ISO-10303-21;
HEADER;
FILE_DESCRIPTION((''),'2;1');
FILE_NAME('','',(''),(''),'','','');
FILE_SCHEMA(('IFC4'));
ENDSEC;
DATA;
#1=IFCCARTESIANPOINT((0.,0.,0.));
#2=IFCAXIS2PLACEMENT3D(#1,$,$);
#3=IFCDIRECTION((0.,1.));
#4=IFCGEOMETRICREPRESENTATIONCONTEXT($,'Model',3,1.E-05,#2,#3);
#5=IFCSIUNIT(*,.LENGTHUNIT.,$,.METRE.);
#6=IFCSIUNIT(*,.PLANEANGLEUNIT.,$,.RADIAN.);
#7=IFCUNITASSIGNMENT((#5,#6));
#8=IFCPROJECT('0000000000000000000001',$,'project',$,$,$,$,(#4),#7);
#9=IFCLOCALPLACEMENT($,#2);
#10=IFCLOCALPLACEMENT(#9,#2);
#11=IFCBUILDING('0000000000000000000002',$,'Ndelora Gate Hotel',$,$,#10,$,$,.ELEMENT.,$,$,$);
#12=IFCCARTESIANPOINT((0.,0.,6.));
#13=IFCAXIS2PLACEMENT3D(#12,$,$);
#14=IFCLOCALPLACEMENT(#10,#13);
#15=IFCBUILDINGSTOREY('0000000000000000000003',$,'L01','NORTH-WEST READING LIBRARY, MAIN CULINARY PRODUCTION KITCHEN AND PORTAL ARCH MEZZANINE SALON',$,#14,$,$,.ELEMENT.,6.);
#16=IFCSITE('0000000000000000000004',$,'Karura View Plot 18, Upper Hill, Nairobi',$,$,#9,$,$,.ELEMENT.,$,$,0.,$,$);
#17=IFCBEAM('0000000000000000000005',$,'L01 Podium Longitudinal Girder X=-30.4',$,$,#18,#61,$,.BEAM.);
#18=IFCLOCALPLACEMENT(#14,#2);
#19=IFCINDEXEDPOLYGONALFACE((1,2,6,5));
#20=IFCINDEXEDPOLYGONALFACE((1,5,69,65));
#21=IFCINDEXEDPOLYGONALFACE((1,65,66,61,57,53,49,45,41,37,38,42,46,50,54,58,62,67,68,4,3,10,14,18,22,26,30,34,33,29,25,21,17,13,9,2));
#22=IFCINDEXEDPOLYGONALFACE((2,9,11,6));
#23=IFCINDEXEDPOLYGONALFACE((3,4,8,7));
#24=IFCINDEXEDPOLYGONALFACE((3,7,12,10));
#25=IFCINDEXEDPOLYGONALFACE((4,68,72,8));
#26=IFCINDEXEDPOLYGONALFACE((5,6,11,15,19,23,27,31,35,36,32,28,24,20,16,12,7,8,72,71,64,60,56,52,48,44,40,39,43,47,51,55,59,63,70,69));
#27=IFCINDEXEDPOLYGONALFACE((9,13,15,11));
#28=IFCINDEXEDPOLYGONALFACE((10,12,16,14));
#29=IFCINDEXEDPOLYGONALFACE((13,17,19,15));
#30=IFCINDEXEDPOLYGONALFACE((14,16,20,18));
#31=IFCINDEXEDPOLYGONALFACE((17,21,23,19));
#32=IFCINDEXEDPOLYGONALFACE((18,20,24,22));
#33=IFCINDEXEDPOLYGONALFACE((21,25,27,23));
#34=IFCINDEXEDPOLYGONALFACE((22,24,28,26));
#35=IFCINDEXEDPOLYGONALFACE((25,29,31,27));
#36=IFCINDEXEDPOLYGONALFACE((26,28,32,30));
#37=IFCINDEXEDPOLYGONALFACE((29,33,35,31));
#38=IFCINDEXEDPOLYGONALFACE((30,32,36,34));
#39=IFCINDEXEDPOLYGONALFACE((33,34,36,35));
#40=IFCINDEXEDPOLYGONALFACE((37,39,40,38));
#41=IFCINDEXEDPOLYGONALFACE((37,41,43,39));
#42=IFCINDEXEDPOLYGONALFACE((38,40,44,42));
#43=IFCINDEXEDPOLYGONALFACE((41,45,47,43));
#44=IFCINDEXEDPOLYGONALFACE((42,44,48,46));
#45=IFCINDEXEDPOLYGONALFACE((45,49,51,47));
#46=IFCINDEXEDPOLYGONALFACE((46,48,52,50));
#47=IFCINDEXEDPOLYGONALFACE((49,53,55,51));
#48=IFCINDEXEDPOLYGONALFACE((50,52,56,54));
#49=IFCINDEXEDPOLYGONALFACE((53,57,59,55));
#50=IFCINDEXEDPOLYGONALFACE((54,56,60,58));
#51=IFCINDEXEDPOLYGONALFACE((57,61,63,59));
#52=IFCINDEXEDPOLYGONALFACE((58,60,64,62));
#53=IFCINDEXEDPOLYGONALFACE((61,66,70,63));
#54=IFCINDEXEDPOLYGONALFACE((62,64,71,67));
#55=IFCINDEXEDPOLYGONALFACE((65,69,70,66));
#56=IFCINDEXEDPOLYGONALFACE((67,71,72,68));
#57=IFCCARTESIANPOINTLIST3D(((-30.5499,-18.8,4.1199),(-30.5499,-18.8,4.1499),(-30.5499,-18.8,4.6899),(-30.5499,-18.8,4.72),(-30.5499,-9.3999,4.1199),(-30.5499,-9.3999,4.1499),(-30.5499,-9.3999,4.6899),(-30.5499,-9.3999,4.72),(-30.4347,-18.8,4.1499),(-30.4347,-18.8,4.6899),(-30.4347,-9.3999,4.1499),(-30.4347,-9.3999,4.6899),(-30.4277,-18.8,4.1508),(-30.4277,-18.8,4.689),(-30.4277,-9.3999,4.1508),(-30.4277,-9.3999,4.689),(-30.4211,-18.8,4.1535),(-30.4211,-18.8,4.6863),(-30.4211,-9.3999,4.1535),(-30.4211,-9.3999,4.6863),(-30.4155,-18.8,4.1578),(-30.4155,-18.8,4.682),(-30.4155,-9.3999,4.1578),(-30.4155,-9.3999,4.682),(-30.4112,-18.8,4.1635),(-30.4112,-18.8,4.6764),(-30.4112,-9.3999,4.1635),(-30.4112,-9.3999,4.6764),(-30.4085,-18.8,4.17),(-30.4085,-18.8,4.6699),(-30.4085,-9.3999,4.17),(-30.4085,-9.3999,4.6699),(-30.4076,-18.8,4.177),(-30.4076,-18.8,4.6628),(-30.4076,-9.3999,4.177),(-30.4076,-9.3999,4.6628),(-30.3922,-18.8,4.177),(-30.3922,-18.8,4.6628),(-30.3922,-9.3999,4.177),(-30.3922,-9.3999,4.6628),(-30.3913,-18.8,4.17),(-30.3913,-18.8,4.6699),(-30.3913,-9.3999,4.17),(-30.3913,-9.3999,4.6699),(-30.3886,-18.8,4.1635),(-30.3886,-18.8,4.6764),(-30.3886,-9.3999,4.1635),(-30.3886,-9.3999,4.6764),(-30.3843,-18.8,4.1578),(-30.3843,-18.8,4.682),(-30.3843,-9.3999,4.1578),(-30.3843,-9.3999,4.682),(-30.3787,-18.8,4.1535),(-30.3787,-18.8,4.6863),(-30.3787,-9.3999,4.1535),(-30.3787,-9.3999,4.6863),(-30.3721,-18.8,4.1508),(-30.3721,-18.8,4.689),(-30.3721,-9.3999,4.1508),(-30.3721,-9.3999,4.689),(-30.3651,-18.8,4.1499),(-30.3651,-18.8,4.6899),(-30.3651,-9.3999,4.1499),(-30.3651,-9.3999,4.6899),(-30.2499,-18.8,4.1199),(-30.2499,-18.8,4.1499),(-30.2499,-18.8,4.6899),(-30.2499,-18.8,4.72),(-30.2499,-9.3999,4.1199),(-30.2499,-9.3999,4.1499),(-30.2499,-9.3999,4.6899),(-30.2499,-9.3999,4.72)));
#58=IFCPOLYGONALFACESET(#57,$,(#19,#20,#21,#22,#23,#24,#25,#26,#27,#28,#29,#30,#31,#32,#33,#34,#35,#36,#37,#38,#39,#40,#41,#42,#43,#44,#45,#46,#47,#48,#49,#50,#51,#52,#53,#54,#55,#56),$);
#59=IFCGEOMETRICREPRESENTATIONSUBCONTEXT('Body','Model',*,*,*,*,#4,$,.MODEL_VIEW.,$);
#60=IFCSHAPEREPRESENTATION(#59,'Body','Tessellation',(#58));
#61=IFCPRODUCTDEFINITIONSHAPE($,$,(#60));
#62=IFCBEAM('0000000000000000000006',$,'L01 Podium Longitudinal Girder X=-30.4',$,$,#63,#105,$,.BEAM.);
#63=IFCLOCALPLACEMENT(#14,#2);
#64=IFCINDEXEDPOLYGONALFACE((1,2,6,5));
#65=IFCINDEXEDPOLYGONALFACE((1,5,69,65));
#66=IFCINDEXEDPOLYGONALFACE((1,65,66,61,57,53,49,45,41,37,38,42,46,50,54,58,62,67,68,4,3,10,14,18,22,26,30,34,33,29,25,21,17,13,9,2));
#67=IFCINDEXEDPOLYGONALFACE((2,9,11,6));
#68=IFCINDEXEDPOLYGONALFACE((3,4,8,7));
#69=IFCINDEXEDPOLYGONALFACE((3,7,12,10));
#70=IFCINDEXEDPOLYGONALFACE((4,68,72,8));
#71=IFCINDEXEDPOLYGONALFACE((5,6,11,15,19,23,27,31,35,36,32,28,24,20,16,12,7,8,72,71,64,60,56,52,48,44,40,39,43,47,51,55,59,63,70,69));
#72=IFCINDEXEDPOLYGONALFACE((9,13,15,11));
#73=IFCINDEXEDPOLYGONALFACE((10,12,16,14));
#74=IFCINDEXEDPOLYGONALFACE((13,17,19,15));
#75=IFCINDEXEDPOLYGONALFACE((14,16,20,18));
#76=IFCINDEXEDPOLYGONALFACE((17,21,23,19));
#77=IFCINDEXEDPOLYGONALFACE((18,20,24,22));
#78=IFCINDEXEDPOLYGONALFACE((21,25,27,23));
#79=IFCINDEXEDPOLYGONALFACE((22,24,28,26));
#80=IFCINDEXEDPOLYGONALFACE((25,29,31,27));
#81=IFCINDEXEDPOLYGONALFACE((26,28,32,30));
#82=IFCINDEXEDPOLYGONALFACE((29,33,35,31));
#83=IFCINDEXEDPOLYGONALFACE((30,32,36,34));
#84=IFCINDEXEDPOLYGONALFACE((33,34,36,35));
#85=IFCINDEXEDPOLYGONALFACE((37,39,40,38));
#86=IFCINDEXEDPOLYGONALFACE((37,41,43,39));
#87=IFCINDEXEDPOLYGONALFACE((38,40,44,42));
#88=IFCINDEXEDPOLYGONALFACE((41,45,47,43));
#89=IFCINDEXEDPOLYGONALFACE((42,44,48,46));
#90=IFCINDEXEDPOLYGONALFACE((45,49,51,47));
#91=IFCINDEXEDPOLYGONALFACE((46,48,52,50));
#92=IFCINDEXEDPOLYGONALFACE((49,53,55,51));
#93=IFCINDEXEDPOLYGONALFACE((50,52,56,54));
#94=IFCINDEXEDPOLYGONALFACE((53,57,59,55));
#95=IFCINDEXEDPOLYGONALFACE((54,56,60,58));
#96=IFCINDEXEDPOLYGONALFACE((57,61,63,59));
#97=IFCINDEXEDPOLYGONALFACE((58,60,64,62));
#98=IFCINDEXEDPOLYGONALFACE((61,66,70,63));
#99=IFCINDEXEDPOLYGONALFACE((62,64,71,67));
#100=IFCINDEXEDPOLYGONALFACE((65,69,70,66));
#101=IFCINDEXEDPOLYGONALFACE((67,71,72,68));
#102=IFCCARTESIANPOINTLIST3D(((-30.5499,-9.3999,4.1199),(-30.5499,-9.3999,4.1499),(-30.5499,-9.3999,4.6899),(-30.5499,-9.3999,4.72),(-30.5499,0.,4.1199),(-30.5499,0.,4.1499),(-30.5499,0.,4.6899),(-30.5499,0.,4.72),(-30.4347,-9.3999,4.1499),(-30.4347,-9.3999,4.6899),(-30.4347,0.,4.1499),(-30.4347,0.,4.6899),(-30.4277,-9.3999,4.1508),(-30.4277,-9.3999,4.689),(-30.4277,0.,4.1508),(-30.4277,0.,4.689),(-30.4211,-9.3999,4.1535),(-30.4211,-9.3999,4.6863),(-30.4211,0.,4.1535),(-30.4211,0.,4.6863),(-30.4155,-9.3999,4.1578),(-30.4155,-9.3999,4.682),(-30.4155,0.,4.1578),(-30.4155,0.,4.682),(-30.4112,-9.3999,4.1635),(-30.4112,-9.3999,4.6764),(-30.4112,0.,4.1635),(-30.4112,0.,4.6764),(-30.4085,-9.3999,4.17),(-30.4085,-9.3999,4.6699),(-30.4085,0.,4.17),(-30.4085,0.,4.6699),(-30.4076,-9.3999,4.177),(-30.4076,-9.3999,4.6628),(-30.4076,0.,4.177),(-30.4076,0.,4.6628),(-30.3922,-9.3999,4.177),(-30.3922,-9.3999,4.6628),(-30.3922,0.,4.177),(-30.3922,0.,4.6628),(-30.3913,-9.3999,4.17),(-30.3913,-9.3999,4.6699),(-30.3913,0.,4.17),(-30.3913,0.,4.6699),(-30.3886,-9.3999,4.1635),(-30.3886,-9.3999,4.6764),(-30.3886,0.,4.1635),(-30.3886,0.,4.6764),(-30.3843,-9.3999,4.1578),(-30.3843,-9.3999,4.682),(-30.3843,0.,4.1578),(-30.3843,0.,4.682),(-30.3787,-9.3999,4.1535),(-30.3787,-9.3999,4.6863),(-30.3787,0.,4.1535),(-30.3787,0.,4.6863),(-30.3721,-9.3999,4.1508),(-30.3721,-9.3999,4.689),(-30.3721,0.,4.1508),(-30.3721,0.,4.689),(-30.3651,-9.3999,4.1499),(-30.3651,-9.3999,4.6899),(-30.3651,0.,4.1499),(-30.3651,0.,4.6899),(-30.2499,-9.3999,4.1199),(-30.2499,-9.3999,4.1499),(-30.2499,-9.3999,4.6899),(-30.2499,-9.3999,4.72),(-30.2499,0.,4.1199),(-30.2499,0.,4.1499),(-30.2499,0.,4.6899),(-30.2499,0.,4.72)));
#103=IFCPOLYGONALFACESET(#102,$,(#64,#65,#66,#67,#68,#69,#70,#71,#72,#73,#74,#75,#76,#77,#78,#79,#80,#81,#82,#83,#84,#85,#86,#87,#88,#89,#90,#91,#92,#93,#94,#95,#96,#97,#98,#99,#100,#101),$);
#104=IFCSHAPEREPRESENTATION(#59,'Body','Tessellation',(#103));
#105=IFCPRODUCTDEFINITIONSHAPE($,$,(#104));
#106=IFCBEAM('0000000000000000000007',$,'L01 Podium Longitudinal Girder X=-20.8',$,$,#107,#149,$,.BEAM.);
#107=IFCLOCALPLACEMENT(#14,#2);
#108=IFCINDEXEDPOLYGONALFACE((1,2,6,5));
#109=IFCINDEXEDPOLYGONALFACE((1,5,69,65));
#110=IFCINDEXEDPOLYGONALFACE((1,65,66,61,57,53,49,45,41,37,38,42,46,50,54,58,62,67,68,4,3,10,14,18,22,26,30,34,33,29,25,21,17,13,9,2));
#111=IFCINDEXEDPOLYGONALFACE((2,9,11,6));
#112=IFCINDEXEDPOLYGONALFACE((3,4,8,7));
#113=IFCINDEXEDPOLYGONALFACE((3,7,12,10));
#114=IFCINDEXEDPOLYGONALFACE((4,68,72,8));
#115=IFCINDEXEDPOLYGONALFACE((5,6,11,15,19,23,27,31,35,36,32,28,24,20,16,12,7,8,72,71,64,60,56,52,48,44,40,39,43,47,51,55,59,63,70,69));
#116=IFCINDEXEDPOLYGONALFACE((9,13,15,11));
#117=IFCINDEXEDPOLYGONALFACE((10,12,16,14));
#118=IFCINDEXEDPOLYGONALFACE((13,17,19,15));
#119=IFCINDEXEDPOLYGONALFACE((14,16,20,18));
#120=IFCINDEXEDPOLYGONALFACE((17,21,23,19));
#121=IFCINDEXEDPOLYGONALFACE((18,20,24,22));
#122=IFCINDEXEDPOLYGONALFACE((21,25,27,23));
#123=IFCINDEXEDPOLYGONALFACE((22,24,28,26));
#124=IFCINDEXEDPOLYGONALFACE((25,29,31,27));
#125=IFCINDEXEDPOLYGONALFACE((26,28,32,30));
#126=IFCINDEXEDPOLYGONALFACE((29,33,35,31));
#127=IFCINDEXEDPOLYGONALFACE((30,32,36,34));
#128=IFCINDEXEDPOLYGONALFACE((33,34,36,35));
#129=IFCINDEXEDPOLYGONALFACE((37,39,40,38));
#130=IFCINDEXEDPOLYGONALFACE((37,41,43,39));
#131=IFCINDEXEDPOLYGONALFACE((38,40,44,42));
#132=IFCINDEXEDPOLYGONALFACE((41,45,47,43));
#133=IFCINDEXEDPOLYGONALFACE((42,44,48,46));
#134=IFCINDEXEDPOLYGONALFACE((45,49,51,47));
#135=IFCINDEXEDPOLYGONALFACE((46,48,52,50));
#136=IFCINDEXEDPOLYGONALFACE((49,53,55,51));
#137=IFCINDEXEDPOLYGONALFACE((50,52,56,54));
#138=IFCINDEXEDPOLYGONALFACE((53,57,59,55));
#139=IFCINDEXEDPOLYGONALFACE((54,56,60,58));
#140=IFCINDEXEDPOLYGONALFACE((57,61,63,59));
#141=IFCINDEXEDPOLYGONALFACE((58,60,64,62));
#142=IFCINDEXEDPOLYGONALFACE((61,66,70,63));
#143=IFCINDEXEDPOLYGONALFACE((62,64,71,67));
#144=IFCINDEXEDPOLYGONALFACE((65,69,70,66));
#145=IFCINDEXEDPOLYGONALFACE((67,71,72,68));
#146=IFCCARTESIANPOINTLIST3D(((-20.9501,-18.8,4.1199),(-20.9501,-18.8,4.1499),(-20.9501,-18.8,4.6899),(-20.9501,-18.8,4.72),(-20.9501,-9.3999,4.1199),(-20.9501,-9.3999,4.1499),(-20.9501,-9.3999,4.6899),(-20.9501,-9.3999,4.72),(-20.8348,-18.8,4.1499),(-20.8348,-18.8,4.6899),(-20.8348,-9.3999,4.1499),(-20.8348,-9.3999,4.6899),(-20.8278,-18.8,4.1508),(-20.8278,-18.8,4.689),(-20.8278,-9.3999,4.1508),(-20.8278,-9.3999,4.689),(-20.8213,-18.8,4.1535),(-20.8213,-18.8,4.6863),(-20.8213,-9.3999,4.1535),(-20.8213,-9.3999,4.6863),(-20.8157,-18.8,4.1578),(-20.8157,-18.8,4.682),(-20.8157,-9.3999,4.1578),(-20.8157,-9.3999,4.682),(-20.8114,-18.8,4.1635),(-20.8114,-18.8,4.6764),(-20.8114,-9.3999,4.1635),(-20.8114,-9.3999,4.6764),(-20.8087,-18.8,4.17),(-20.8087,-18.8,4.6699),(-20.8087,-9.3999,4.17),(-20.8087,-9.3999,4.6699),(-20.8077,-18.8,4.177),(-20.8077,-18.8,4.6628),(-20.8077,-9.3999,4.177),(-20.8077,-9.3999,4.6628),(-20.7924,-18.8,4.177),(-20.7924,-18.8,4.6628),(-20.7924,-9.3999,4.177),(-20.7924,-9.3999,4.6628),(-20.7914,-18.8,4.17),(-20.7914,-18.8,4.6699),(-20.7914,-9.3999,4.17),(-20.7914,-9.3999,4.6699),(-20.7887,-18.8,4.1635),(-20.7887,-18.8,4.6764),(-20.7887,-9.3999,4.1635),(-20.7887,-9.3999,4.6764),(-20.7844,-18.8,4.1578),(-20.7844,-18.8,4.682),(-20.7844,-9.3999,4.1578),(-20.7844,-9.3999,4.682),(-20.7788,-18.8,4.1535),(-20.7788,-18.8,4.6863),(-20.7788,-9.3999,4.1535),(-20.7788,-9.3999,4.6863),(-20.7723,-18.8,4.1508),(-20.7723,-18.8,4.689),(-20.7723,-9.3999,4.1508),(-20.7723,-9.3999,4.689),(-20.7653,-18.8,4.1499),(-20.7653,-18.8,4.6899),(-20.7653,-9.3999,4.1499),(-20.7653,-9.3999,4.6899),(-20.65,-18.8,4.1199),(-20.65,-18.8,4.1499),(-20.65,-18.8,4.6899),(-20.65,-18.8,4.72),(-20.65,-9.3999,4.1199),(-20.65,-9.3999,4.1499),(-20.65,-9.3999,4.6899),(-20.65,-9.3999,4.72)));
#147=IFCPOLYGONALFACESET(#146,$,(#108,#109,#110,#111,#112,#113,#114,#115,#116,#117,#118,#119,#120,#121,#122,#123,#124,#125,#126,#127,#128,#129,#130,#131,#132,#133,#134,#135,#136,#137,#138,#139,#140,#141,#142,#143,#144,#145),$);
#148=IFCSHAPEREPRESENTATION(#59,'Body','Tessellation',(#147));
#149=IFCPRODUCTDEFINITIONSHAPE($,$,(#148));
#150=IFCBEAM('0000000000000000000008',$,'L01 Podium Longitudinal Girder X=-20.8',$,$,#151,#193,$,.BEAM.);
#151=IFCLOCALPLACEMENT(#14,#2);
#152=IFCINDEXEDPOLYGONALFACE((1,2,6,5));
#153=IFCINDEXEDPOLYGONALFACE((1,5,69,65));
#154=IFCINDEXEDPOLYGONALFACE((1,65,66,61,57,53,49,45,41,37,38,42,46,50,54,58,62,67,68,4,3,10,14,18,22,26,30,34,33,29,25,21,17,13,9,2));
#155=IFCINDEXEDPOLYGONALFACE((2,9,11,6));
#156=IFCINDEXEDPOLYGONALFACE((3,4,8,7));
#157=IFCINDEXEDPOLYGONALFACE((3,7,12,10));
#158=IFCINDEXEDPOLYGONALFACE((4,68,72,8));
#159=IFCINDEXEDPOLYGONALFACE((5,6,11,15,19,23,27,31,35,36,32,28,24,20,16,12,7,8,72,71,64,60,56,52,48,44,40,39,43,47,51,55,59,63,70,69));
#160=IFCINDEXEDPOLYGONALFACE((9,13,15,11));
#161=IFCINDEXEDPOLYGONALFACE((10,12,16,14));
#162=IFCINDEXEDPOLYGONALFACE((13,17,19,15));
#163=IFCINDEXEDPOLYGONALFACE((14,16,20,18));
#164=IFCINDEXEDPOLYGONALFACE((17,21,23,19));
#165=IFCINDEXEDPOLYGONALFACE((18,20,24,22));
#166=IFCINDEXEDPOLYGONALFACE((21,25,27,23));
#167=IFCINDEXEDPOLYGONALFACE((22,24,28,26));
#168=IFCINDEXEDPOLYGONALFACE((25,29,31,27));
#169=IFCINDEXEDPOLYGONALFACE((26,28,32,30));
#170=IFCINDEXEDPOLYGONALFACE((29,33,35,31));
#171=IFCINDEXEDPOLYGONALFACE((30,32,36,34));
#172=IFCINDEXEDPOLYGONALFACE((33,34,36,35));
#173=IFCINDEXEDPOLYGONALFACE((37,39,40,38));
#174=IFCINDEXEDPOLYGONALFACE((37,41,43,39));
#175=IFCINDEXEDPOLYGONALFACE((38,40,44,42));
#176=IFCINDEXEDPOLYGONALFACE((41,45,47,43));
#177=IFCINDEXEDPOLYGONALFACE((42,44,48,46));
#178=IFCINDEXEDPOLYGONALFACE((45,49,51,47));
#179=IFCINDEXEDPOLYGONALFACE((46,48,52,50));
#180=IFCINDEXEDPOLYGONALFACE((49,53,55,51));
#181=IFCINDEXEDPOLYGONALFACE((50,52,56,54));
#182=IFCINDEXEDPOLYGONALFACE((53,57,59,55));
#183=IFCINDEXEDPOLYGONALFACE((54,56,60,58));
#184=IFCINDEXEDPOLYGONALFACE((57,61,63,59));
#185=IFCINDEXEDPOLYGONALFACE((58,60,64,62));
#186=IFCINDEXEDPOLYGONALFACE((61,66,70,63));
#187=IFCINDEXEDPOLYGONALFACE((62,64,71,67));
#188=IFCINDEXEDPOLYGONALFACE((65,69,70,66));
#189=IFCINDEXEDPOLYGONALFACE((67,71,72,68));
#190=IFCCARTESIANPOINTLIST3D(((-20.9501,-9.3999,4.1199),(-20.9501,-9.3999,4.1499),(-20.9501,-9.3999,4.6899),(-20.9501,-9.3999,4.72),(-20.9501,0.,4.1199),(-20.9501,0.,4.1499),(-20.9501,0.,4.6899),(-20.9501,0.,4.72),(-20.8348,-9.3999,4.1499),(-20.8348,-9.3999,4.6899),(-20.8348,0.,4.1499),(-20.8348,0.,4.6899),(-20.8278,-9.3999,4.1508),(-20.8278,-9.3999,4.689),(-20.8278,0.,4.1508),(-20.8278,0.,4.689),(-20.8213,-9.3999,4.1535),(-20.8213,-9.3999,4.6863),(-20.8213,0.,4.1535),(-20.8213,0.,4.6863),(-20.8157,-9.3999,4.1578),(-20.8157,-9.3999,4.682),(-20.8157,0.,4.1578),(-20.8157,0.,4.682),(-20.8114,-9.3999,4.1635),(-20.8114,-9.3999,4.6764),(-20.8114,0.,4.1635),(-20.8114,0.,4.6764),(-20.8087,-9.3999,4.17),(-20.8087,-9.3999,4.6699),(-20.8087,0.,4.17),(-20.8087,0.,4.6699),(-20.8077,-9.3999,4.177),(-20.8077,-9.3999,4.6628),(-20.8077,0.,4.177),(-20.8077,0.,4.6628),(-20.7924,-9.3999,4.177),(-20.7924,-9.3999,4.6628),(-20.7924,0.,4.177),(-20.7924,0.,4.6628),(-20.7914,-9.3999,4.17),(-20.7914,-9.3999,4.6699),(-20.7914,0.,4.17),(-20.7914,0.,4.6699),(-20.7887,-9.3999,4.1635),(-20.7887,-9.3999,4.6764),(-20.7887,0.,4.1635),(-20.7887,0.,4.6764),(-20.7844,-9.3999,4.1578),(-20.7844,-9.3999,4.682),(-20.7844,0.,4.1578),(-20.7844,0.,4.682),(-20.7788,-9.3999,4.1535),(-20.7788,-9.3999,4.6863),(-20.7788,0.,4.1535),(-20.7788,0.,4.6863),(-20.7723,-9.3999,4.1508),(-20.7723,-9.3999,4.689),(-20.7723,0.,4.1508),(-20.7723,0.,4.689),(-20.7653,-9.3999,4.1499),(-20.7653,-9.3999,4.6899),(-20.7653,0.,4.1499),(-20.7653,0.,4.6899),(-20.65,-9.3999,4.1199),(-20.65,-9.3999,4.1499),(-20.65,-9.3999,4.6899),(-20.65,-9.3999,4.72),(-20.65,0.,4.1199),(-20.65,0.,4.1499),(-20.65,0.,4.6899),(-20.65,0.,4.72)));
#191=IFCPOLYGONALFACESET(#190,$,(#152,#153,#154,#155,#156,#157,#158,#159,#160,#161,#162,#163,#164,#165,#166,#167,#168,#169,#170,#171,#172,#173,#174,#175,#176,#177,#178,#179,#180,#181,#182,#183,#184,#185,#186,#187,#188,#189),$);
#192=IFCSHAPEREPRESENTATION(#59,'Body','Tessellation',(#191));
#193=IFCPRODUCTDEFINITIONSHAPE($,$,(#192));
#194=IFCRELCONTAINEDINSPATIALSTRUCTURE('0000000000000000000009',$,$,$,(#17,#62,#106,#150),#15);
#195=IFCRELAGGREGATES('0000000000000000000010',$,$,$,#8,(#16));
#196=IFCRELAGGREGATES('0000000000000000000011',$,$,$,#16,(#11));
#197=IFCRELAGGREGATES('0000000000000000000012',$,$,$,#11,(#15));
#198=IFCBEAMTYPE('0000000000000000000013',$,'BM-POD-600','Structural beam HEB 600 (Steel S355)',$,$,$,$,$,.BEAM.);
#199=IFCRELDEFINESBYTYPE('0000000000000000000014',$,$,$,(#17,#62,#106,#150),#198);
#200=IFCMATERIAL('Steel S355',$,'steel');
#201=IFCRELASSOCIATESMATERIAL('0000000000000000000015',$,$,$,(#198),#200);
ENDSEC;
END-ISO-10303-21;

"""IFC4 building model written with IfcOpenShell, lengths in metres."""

from ifc_helpers import new_model, si_unit, direction, frame, origin, origin_2d, place, context, subcontext, project, spatial, i_section, extrude, material, material_profile, profile_set, type_object, element, save


model = new_model("IFC4")

# Units and contexts
model_context = context("Model", 3, precision=1e-05, world=origin(), true_north=direction((0.0, 1.0)))
body_context = subcontext(model_context, "Body", "Model", "MODEL_VIEW")
ifc_project = project(units=[si_unit("LENGTHUNIT", "METRE"), si_unit("PLANEANGLEUNIT", "RADIAN")], contexts=[model_context])

# Site, building, storey
site_placement = place(None, origin())
site = spatial("IfcSite", under=ifc_project, at=site_placement, Name="Karura View Plot 18, Upper Hill, Nairobi", CompositionType="ELEMENT", RefElevation=0.0)
building_placement = place(site_placement, origin())
building = spatial("IfcBuilding", under=site, at=building_placement, Name="Ndelora Gate Hotel", CompositionType="ELEMENT")
storey_placement = place(building_placement, frame((0.0, 0.0, 6.0)))
storey = spatial("IfcBuildingStorey", under=building, at=storey_placement, Name="L01", Description="NORTH-WEST READING LIBRARY, MAIN CULINARY PRODUCTION KITCHEN AND PORTAL ARCH MEZZANINE SALON", CompositionType="ELEMENT", Elevation=6.0)

# Beams
ifc_material_1 = material(Name="Steel S355", Category="steel")
ifc_material_profile_1 = material_profile(ifc_material_1, i_section(OverallWidth=0.3, OverallDepth=0.6001, WebThickness=0.0154, FlangeThickness=0.03, FilletRadius=0.0271, at=origin_2d()), Name="HEB 600")
ifc_profile_set_1 = profile_set([ifc_material_profile_1], Name="Steel S355")
beam_type_1 = type_object("IfcBeamType", Name="BM-POD-600", Description="Structural beam HEB 600 (Steel S355)", PredefinedType="BEAM", material=ifc_profile_set_1)
beam_1_placement = place(storey_placement, frame((-30.3999, -18.8, 4.4199), z_axis=(0.0, 1.0, 0.0), x_axis=(-1.0, 0.0, 0.0)))
element("IfcBeam", 1, at=beam_1_placement, inside=storey, type_object=beam_type_1, Name="L01 Podium Longitudinal Girder X=-30.4", PredefinedType="BEAM", context=body_context, shape_type="SweptSolid", body=[
    extrude(i_section(OverallWidth=0.3, OverallDepth=0.6001, WebThickness=0.0154, FlangeThickness=0.03, FilletRadius=0.0271, at=origin_2d()), origin(), (0.0, 0.0, 1.0), 9.4001),
])
beam_2_placement = place(storey_placement, frame((-30.3999, -9.3999, 4.4199), z_axis=(0.0, 1.0, 0.0), x_axis=(-1.0, 0.0, 0.0)))
element("IfcBeam", 2, at=beam_2_placement, inside=storey, type_object=beam_type_1, Name="L01 Podium Longitudinal Girder X=-30.4", PredefinedType="BEAM", context=body_context, shape_type="SweptSolid", body=[
    extrude(i_section(OverallWidth=0.3, OverallDepth=0.6001, WebThickness=0.0154, FlangeThickness=0.03, FilletRadius=0.0271, at=origin_2d()), origin(), (0.0, 0.0, 1.0), 9.3999),
])
beam_3_placement = place(storey_placement, frame((-20.8, -18.8, 4.4199), z_axis=(0.0, 1.0, 0.0), x_axis=(-1.0, 0.0, 0.0)))
element("IfcBeam", 3, at=beam_3_placement, inside=storey, type_object=beam_type_1, Name="L01 Podium Longitudinal Girder X=-20.8", PredefinedType="BEAM", context=body_context, shape_type="SweptSolid", body=[
    extrude(i_section(OverallWidth=0.3, OverallDepth=0.6001, WebThickness=0.0154, FlangeThickness=0.03, FilletRadius=0.0271, at=origin_2d()), origin(), (0.0, 0.0, 1.0), 9.4001),
])
beam_4_placement = place(storey_placement, frame((-20.8, -9.3999, 4.4199), z_axis=(0.0, 1.0, 0.0), x_axis=(-1.0, 0.0, 0.0)))
element("IfcBeam", 4, at=beam_4_placement, inside=storey, type_object=beam_type_1, Name="L01 Podium Longitudinal Girder X=-20.8", PredefinedType="BEAM", context=body_context, shape_type="SweptSolid", body=[
    extrude(i_section(OverallWidth=0.3, OverallDepth=0.6001, WebThickness=0.0154, FlangeThickness=0.03, FilletRadius=0.0271, at=origin_2d()), origin(), (0.0, 0.0, 1.0), 9.3999),
])

save(model, "model.ifc")
